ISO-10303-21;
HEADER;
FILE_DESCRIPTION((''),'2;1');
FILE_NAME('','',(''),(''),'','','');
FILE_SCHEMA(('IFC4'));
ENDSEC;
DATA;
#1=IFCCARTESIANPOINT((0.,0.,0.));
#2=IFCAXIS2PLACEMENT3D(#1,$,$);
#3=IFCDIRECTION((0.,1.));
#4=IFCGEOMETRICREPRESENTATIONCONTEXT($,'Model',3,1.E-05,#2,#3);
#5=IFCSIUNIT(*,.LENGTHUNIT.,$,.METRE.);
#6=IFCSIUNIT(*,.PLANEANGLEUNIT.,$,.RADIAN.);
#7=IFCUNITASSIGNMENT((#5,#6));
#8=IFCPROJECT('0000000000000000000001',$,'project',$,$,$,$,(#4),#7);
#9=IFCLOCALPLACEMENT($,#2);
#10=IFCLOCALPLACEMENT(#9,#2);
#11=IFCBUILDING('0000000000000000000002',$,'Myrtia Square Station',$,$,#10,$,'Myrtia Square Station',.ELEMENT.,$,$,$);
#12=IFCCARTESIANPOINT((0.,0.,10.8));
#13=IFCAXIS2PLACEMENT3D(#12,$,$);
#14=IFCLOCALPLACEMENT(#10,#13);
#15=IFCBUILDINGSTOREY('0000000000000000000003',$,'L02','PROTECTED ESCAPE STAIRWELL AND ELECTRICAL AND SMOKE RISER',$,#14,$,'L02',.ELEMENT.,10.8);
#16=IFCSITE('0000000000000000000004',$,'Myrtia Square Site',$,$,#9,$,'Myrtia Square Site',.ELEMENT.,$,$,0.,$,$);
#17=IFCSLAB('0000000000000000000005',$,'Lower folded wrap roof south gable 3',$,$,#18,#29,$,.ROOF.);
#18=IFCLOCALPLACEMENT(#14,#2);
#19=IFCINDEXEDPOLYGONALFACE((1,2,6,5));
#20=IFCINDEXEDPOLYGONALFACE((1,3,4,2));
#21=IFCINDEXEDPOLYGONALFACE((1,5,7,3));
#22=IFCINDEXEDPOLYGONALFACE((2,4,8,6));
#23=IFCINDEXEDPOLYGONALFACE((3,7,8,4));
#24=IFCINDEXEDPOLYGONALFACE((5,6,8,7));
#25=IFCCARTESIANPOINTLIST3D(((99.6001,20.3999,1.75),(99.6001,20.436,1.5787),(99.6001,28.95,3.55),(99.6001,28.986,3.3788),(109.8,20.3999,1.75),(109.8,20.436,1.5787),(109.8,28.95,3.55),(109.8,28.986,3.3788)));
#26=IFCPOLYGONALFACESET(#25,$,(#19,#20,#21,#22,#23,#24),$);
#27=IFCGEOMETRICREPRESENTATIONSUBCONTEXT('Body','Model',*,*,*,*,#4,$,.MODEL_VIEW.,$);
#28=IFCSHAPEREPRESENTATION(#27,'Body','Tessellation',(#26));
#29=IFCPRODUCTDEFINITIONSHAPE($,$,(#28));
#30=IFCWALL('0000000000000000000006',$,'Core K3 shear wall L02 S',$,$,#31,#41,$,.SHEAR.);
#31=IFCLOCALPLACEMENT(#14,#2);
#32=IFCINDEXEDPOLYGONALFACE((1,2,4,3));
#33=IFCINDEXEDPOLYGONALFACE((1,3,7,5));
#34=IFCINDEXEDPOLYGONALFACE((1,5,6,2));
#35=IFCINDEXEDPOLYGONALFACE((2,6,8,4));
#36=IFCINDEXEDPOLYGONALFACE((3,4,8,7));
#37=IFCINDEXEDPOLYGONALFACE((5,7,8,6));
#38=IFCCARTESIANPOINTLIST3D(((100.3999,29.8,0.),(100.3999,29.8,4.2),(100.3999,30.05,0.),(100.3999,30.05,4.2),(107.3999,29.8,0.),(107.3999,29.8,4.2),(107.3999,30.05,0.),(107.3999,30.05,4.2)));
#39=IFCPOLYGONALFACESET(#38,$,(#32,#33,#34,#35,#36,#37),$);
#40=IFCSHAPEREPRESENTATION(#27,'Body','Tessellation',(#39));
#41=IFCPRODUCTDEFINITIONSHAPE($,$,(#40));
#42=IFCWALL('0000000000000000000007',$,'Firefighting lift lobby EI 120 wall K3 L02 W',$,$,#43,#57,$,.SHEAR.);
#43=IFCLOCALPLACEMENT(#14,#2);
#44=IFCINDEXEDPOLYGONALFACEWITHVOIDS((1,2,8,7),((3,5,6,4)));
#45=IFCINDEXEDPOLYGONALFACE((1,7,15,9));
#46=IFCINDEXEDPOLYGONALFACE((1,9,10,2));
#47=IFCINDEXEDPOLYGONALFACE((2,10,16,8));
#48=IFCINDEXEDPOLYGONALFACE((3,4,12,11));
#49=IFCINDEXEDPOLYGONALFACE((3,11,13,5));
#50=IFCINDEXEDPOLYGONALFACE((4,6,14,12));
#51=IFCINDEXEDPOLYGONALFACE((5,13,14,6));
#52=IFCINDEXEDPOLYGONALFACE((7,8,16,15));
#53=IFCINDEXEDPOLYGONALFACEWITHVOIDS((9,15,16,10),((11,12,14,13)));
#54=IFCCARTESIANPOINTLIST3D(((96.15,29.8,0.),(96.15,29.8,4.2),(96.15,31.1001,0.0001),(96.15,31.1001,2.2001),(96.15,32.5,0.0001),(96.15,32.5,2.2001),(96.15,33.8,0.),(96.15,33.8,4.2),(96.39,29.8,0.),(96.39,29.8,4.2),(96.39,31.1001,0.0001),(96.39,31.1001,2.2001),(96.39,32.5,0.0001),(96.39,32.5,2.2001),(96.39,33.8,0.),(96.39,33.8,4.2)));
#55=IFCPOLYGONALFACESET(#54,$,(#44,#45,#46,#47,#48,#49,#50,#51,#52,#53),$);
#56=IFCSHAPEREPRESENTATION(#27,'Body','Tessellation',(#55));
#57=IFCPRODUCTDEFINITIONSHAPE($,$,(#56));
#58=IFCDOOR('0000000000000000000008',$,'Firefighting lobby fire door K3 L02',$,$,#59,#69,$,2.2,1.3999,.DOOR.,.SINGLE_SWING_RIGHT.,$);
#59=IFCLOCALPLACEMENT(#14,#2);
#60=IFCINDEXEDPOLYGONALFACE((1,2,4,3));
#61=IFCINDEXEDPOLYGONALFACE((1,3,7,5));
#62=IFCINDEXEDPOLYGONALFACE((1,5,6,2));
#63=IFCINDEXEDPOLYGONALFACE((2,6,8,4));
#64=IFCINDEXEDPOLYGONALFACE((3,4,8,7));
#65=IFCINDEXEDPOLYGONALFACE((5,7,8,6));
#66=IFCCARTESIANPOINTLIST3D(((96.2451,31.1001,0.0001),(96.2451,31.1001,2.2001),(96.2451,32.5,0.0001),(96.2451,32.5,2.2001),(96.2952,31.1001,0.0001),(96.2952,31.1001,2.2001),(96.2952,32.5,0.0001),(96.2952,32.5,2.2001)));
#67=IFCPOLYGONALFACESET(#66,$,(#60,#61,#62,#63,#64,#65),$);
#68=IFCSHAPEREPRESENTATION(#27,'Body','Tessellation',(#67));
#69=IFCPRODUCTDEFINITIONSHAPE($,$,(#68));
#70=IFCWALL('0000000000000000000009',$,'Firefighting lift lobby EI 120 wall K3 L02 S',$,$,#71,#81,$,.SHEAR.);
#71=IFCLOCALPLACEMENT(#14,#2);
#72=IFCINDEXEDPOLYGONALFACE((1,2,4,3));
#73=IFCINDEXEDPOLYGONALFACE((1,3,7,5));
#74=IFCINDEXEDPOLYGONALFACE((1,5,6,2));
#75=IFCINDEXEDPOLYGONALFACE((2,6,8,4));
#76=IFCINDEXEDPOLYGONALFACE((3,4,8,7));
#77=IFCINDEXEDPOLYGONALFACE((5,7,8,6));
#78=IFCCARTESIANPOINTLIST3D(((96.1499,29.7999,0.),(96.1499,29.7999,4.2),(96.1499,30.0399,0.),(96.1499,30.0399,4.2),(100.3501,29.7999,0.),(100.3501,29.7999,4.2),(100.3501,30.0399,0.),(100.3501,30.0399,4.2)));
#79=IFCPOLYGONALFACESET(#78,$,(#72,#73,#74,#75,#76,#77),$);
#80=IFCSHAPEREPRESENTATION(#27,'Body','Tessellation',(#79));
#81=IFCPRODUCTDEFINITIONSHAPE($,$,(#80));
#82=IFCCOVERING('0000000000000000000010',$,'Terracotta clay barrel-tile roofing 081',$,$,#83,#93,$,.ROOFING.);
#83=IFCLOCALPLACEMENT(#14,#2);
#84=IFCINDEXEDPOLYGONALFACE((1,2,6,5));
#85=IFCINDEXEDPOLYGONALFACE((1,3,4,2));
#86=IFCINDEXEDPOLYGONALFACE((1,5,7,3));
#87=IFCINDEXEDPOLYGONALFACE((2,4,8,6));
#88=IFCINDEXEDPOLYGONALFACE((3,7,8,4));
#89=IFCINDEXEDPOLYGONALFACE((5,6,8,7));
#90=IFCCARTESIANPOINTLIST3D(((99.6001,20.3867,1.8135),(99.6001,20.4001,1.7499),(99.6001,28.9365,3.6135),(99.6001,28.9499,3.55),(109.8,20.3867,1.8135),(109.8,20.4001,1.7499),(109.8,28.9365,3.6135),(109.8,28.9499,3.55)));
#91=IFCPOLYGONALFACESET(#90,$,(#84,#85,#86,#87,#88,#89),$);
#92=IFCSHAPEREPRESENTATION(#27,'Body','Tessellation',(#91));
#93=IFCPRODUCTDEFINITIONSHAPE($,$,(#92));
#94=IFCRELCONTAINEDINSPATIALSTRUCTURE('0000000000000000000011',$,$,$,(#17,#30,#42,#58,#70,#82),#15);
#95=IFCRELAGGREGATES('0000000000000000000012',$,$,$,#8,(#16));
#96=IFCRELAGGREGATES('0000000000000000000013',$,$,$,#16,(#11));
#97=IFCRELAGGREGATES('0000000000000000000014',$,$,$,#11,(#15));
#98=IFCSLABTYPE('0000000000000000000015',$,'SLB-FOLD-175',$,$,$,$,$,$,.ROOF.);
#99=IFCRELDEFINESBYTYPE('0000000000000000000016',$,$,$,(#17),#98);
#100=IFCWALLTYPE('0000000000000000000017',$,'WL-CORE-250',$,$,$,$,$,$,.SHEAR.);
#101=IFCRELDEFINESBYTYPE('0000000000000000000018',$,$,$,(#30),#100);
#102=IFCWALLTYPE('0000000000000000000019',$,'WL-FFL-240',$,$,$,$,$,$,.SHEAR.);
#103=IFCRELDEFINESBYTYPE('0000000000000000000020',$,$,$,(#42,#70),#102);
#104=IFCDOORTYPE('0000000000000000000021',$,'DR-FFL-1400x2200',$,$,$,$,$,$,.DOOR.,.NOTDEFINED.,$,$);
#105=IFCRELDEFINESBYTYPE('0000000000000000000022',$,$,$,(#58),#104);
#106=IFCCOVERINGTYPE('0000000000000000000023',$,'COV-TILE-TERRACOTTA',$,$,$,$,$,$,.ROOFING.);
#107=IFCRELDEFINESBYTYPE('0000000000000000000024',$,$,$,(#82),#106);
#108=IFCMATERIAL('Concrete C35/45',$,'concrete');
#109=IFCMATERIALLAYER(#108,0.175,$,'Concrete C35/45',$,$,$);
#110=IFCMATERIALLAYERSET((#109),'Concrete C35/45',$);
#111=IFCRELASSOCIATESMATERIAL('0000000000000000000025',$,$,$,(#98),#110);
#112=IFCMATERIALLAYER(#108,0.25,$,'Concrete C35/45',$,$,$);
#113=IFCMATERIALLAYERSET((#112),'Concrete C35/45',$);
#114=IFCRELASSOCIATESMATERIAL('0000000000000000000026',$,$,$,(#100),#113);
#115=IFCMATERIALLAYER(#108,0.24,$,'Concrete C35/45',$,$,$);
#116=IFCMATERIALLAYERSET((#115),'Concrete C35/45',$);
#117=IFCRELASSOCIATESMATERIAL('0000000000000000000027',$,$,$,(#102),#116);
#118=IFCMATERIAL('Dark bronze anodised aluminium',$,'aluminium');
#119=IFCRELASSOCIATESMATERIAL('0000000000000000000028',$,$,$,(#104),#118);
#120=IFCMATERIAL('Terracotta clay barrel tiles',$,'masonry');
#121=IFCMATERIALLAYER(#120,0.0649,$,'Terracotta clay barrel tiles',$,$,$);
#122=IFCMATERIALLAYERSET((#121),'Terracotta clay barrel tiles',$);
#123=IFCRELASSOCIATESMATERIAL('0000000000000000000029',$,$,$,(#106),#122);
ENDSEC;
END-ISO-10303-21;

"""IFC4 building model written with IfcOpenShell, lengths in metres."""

from ifc_helpers import new_model, si_unit, direction, frame, frame_2d, origin, place, context, subcontext, project, spatial, polyline, rectangle, outline, extrude, material, layer, layer_set, type_object, element, fill, save


model = new_model("IFC4")

# Units and contexts
model_context = context("Model", 3, precision=1e-05, world=origin(), true_north=direction((0.0, 1.0)))
body_context = subcontext(model_context, "Body", "Model", "MODEL_VIEW")
ifc_project = project(units=[si_unit("LENGTHUNIT", "METRE"), si_unit("PLANEANGLEUNIT", "RADIAN")], contexts=[model_context])

# Site, building, storey
site_placement = place(None, origin())
site = spatial("IfcSite", under=ifc_project, at=site_placement, Name="Myrtia Square Site", LongName="Myrtia Square Site", CompositionType="ELEMENT", RefElevation=0.0)
building_placement = place(site_placement, origin())
building = spatial("IfcBuilding", under=site, at=building_placement, Name="Myrtia Square Station", LongName="Myrtia Square Station", CompositionType="ELEMENT")
storey_placement = place(building_placement, frame((0.0, 0.0, 10.8)))
storey = spatial("IfcBuildingStorey", under=building, at=storey_placement, Name="L02", Description="PROTECTED ESCAPE STAIRWELL AND ELECTRICAL AND SMOKE RISER", LongName="L02", CompositionType="ELEMENT", Elevation=10.8)

# Shared definitions
ifc_material_1 = material(Name="Dark bronze anodised aluminium", Category="aluminium")

# Slab
ifc_material_2 = material(Name="Concrete C35/45", Category="concrete")
ifc_layer_1 = layer(ifc_material_2, 0.175, Name="Concrete C35/45")
ifc_layer_set_1 = layer_set([ifc_layer_1], Name="Concrete C35/45")
slab_type = type_object("IfcSlabType", Name="SLB-FOLD-175", PredefinedType="ROOF", material=ifc_layer_set_1)
slab_placement = place(storey_placement, frame((99.6001, 20.3999, 1.75), z_axis=(0.0, -0.206015, 0.978549), x_axis=(1.0, 0.0, 0.0)))
element("IfcSlab", 1, at=slab_placement, inside=storey, type_object=slab_type, Name="Lower folded wrap roof south gable 3", PredefinedType="ROOF", context=body_context, shape_type="SweptSolid", body=[
    extrude(outline(polyline([(0.0, 0.0), (10.2, 0.0), (10.2, 8.7375), (0.0, 8.7375), (0.0, 0.0)])), origin(), (0.0, 0.0, -1.0), 0.175),
])

# Wall
ifc_layer_2 = layer(ifc_material_2, 0.25, Name="Concrete C35/45")
ifc_layer_set_2 = layer_set([ifc_layer_2], Name="Concrete C35/45")
wall_type_1 = type_object("IfcWallType", Name="WL-CORE-250", PredefinedType="SHEAR", material=ifc_layer_set_2)
wall_1_placement = place(storey_placement, frame((100.3999, 29.925, 0.0), z_axis=(0.0, 0.0, 1.0), x_axis=(1.0, 0.0, 0.0)))
element("IfcWall", 2, at=wall_1_placement, inside=storey, type_object=wall_type_1, Name="Core K3 shear wall L02 S", PredefinedType="SHEAR", context=body_context, shape_type="SweptSolid", body=[
    extrude(rectangle(XDim=7.0, YDim=0.25, at=frame_2d((3.5, 0.0))), origin(), (0.0, 0.0, 1.0), 4.2),
])

# Wall, opening, door
ifc_layer_3 = layer(ifc_material_2, 0.24, Name="Concrete C35/45")
ifc_layer_set_3 = layer_set([ifc_layer_3], Name="Concrete C35/45")
wall_type_2 = type_object("IfcWallType", Name="WL-FFL-240", PredefinedType="SHEAR", material=ifc_layer_set_3)
wall_2_placement = place(storey_placement, frame((96.27, 29.8, 0.0), z_axis=(0.0, 0.0, 1.0), x_axis=(0.0, 1.0, 0.0)))
wall_2 = element("IfcWall", 3, at=wall_2_placement, inside=storey, type_object=wall_type_2, Name="Firefighting lift lobby EI 120 wall K3 L02 W", PredefinedType="SHEAR", context=body_context, shape_type="SweptSolid", body=[
    extrude(rectangle(XDim=4.0, YDim=0.24, at=frame_2d((2.0, 0.0))), origin(), (0.0, 0.0, 1.0), 4.2),
])
opening_placement = place(wall_2_placement, frame((1.3, 0.0, 0.0)))
opening = element("IfcOpeningElement", 4, at=opening_placement, cuts=wall_2, PredefinedType="OPENING", context=body_context, shape_type="SweptSolid", body=[
    extrude(rectangle(XDim=1.3999, YDim=2.2, at=frame_2d((0.7, 1.1001))), frame((0.0, 0.135, 0.0), z_axis=(0.0, -1.0, 0.0), x_axis=(1.0, 0.0, 0.0)), (0.0, 0.0, 1.0), 0.27),
])
door_type = type_object("IfcDoorType", Name="DR-FFL-1400x2200", OperationType="NOTDEFINED", PredefinedType="DOOR", material=ifc_material_1)
door_placement = place(opening_placement, origin())
door = element("IfcDoor", 5, at=door_placement, inside=storey, type_object=door_type, Name="Firefighting lobby fire door K3 L02", OperationType="SINGLE_SWING_RIGHT", OverallHeight=2.2, OverallWidth=1.3999, PredefinedType="DOOR", context=body_context, shape_type="SweptSolid", body=[
    extrude(rectangle(XDim=1.3999, YDim=2.2, at=frame_2d((0.7, 1.1001))), frame((0.0, 0.0249, 0.0), z_axis=(0.0, -1.0, 0.0), x_axis=(1.0, 0.0, 0.0)), (0.0, 0.0, 1.0), 0.05),
])
fill(opening, door)

# Wall
wall_3_placement = place(storey_placement, frame((96.1499, 29.9199, 0.0), z_axis=(0.0, 0.0, 1.0), x_axis=(1.0, 0.0, 0.0)))
element("IfcWall", 6, at=wall_3_placement, inside=storey, type_object=wall_type_2, Name="Firefighting lift lobby EI 120 wall K3 L02 S", PredefinedType="SHEAR", context=body_context, shape_type="SweptSolid", body=[
    extrude(rectangle(XDim=4.2002, YDim=0.24, at=frame_2d((2.1001, 0.0))), origin(), (0.0, 0.0, 1.0), 4.2),
])

# Covering
ifc_material_3 = material(Name="Terracotta clay barrel tiles", Category="masonry")
ifc_layer_4 = layer(ifc_material_3, 0.0649, Name="Terracotta clay barrel tiles")
ifc_layer_set_4 = layer_set([ifc_layer_4], Name="Terracotta clay barrel tiles")
covering_type = type_object("IfcCoveringType", Name="COV-TILE-TERRACOTTA", PredefinedType="ROOFING", material=ifc_layer_set_4)
covering_placement = place(storey_placement, frame((99.6001, 20.3867, 1.8135), z_axis=(0.0, -0.20602, 0.978548), x_axis=(1.0, 0.0, 0.0)))
element("IfcCovering", 7, at=covering_placement, inside=storey, type_object=covering_type, Name="Terracotta clay barrel-tile roofing 081", PredefinedType="ROOFING", context=body_context, shape_type="SweptSolid", body=[
    extrude(outline(polyline([(0.0, 0.0), (10.2, 0.0), (10.2, 8.7372), (0.0, 8.7372), (0.0, 0.0)])), origin(), (0.0, 0.0, -1.0), 0.0649),
])

save(model, "model.ifc")
